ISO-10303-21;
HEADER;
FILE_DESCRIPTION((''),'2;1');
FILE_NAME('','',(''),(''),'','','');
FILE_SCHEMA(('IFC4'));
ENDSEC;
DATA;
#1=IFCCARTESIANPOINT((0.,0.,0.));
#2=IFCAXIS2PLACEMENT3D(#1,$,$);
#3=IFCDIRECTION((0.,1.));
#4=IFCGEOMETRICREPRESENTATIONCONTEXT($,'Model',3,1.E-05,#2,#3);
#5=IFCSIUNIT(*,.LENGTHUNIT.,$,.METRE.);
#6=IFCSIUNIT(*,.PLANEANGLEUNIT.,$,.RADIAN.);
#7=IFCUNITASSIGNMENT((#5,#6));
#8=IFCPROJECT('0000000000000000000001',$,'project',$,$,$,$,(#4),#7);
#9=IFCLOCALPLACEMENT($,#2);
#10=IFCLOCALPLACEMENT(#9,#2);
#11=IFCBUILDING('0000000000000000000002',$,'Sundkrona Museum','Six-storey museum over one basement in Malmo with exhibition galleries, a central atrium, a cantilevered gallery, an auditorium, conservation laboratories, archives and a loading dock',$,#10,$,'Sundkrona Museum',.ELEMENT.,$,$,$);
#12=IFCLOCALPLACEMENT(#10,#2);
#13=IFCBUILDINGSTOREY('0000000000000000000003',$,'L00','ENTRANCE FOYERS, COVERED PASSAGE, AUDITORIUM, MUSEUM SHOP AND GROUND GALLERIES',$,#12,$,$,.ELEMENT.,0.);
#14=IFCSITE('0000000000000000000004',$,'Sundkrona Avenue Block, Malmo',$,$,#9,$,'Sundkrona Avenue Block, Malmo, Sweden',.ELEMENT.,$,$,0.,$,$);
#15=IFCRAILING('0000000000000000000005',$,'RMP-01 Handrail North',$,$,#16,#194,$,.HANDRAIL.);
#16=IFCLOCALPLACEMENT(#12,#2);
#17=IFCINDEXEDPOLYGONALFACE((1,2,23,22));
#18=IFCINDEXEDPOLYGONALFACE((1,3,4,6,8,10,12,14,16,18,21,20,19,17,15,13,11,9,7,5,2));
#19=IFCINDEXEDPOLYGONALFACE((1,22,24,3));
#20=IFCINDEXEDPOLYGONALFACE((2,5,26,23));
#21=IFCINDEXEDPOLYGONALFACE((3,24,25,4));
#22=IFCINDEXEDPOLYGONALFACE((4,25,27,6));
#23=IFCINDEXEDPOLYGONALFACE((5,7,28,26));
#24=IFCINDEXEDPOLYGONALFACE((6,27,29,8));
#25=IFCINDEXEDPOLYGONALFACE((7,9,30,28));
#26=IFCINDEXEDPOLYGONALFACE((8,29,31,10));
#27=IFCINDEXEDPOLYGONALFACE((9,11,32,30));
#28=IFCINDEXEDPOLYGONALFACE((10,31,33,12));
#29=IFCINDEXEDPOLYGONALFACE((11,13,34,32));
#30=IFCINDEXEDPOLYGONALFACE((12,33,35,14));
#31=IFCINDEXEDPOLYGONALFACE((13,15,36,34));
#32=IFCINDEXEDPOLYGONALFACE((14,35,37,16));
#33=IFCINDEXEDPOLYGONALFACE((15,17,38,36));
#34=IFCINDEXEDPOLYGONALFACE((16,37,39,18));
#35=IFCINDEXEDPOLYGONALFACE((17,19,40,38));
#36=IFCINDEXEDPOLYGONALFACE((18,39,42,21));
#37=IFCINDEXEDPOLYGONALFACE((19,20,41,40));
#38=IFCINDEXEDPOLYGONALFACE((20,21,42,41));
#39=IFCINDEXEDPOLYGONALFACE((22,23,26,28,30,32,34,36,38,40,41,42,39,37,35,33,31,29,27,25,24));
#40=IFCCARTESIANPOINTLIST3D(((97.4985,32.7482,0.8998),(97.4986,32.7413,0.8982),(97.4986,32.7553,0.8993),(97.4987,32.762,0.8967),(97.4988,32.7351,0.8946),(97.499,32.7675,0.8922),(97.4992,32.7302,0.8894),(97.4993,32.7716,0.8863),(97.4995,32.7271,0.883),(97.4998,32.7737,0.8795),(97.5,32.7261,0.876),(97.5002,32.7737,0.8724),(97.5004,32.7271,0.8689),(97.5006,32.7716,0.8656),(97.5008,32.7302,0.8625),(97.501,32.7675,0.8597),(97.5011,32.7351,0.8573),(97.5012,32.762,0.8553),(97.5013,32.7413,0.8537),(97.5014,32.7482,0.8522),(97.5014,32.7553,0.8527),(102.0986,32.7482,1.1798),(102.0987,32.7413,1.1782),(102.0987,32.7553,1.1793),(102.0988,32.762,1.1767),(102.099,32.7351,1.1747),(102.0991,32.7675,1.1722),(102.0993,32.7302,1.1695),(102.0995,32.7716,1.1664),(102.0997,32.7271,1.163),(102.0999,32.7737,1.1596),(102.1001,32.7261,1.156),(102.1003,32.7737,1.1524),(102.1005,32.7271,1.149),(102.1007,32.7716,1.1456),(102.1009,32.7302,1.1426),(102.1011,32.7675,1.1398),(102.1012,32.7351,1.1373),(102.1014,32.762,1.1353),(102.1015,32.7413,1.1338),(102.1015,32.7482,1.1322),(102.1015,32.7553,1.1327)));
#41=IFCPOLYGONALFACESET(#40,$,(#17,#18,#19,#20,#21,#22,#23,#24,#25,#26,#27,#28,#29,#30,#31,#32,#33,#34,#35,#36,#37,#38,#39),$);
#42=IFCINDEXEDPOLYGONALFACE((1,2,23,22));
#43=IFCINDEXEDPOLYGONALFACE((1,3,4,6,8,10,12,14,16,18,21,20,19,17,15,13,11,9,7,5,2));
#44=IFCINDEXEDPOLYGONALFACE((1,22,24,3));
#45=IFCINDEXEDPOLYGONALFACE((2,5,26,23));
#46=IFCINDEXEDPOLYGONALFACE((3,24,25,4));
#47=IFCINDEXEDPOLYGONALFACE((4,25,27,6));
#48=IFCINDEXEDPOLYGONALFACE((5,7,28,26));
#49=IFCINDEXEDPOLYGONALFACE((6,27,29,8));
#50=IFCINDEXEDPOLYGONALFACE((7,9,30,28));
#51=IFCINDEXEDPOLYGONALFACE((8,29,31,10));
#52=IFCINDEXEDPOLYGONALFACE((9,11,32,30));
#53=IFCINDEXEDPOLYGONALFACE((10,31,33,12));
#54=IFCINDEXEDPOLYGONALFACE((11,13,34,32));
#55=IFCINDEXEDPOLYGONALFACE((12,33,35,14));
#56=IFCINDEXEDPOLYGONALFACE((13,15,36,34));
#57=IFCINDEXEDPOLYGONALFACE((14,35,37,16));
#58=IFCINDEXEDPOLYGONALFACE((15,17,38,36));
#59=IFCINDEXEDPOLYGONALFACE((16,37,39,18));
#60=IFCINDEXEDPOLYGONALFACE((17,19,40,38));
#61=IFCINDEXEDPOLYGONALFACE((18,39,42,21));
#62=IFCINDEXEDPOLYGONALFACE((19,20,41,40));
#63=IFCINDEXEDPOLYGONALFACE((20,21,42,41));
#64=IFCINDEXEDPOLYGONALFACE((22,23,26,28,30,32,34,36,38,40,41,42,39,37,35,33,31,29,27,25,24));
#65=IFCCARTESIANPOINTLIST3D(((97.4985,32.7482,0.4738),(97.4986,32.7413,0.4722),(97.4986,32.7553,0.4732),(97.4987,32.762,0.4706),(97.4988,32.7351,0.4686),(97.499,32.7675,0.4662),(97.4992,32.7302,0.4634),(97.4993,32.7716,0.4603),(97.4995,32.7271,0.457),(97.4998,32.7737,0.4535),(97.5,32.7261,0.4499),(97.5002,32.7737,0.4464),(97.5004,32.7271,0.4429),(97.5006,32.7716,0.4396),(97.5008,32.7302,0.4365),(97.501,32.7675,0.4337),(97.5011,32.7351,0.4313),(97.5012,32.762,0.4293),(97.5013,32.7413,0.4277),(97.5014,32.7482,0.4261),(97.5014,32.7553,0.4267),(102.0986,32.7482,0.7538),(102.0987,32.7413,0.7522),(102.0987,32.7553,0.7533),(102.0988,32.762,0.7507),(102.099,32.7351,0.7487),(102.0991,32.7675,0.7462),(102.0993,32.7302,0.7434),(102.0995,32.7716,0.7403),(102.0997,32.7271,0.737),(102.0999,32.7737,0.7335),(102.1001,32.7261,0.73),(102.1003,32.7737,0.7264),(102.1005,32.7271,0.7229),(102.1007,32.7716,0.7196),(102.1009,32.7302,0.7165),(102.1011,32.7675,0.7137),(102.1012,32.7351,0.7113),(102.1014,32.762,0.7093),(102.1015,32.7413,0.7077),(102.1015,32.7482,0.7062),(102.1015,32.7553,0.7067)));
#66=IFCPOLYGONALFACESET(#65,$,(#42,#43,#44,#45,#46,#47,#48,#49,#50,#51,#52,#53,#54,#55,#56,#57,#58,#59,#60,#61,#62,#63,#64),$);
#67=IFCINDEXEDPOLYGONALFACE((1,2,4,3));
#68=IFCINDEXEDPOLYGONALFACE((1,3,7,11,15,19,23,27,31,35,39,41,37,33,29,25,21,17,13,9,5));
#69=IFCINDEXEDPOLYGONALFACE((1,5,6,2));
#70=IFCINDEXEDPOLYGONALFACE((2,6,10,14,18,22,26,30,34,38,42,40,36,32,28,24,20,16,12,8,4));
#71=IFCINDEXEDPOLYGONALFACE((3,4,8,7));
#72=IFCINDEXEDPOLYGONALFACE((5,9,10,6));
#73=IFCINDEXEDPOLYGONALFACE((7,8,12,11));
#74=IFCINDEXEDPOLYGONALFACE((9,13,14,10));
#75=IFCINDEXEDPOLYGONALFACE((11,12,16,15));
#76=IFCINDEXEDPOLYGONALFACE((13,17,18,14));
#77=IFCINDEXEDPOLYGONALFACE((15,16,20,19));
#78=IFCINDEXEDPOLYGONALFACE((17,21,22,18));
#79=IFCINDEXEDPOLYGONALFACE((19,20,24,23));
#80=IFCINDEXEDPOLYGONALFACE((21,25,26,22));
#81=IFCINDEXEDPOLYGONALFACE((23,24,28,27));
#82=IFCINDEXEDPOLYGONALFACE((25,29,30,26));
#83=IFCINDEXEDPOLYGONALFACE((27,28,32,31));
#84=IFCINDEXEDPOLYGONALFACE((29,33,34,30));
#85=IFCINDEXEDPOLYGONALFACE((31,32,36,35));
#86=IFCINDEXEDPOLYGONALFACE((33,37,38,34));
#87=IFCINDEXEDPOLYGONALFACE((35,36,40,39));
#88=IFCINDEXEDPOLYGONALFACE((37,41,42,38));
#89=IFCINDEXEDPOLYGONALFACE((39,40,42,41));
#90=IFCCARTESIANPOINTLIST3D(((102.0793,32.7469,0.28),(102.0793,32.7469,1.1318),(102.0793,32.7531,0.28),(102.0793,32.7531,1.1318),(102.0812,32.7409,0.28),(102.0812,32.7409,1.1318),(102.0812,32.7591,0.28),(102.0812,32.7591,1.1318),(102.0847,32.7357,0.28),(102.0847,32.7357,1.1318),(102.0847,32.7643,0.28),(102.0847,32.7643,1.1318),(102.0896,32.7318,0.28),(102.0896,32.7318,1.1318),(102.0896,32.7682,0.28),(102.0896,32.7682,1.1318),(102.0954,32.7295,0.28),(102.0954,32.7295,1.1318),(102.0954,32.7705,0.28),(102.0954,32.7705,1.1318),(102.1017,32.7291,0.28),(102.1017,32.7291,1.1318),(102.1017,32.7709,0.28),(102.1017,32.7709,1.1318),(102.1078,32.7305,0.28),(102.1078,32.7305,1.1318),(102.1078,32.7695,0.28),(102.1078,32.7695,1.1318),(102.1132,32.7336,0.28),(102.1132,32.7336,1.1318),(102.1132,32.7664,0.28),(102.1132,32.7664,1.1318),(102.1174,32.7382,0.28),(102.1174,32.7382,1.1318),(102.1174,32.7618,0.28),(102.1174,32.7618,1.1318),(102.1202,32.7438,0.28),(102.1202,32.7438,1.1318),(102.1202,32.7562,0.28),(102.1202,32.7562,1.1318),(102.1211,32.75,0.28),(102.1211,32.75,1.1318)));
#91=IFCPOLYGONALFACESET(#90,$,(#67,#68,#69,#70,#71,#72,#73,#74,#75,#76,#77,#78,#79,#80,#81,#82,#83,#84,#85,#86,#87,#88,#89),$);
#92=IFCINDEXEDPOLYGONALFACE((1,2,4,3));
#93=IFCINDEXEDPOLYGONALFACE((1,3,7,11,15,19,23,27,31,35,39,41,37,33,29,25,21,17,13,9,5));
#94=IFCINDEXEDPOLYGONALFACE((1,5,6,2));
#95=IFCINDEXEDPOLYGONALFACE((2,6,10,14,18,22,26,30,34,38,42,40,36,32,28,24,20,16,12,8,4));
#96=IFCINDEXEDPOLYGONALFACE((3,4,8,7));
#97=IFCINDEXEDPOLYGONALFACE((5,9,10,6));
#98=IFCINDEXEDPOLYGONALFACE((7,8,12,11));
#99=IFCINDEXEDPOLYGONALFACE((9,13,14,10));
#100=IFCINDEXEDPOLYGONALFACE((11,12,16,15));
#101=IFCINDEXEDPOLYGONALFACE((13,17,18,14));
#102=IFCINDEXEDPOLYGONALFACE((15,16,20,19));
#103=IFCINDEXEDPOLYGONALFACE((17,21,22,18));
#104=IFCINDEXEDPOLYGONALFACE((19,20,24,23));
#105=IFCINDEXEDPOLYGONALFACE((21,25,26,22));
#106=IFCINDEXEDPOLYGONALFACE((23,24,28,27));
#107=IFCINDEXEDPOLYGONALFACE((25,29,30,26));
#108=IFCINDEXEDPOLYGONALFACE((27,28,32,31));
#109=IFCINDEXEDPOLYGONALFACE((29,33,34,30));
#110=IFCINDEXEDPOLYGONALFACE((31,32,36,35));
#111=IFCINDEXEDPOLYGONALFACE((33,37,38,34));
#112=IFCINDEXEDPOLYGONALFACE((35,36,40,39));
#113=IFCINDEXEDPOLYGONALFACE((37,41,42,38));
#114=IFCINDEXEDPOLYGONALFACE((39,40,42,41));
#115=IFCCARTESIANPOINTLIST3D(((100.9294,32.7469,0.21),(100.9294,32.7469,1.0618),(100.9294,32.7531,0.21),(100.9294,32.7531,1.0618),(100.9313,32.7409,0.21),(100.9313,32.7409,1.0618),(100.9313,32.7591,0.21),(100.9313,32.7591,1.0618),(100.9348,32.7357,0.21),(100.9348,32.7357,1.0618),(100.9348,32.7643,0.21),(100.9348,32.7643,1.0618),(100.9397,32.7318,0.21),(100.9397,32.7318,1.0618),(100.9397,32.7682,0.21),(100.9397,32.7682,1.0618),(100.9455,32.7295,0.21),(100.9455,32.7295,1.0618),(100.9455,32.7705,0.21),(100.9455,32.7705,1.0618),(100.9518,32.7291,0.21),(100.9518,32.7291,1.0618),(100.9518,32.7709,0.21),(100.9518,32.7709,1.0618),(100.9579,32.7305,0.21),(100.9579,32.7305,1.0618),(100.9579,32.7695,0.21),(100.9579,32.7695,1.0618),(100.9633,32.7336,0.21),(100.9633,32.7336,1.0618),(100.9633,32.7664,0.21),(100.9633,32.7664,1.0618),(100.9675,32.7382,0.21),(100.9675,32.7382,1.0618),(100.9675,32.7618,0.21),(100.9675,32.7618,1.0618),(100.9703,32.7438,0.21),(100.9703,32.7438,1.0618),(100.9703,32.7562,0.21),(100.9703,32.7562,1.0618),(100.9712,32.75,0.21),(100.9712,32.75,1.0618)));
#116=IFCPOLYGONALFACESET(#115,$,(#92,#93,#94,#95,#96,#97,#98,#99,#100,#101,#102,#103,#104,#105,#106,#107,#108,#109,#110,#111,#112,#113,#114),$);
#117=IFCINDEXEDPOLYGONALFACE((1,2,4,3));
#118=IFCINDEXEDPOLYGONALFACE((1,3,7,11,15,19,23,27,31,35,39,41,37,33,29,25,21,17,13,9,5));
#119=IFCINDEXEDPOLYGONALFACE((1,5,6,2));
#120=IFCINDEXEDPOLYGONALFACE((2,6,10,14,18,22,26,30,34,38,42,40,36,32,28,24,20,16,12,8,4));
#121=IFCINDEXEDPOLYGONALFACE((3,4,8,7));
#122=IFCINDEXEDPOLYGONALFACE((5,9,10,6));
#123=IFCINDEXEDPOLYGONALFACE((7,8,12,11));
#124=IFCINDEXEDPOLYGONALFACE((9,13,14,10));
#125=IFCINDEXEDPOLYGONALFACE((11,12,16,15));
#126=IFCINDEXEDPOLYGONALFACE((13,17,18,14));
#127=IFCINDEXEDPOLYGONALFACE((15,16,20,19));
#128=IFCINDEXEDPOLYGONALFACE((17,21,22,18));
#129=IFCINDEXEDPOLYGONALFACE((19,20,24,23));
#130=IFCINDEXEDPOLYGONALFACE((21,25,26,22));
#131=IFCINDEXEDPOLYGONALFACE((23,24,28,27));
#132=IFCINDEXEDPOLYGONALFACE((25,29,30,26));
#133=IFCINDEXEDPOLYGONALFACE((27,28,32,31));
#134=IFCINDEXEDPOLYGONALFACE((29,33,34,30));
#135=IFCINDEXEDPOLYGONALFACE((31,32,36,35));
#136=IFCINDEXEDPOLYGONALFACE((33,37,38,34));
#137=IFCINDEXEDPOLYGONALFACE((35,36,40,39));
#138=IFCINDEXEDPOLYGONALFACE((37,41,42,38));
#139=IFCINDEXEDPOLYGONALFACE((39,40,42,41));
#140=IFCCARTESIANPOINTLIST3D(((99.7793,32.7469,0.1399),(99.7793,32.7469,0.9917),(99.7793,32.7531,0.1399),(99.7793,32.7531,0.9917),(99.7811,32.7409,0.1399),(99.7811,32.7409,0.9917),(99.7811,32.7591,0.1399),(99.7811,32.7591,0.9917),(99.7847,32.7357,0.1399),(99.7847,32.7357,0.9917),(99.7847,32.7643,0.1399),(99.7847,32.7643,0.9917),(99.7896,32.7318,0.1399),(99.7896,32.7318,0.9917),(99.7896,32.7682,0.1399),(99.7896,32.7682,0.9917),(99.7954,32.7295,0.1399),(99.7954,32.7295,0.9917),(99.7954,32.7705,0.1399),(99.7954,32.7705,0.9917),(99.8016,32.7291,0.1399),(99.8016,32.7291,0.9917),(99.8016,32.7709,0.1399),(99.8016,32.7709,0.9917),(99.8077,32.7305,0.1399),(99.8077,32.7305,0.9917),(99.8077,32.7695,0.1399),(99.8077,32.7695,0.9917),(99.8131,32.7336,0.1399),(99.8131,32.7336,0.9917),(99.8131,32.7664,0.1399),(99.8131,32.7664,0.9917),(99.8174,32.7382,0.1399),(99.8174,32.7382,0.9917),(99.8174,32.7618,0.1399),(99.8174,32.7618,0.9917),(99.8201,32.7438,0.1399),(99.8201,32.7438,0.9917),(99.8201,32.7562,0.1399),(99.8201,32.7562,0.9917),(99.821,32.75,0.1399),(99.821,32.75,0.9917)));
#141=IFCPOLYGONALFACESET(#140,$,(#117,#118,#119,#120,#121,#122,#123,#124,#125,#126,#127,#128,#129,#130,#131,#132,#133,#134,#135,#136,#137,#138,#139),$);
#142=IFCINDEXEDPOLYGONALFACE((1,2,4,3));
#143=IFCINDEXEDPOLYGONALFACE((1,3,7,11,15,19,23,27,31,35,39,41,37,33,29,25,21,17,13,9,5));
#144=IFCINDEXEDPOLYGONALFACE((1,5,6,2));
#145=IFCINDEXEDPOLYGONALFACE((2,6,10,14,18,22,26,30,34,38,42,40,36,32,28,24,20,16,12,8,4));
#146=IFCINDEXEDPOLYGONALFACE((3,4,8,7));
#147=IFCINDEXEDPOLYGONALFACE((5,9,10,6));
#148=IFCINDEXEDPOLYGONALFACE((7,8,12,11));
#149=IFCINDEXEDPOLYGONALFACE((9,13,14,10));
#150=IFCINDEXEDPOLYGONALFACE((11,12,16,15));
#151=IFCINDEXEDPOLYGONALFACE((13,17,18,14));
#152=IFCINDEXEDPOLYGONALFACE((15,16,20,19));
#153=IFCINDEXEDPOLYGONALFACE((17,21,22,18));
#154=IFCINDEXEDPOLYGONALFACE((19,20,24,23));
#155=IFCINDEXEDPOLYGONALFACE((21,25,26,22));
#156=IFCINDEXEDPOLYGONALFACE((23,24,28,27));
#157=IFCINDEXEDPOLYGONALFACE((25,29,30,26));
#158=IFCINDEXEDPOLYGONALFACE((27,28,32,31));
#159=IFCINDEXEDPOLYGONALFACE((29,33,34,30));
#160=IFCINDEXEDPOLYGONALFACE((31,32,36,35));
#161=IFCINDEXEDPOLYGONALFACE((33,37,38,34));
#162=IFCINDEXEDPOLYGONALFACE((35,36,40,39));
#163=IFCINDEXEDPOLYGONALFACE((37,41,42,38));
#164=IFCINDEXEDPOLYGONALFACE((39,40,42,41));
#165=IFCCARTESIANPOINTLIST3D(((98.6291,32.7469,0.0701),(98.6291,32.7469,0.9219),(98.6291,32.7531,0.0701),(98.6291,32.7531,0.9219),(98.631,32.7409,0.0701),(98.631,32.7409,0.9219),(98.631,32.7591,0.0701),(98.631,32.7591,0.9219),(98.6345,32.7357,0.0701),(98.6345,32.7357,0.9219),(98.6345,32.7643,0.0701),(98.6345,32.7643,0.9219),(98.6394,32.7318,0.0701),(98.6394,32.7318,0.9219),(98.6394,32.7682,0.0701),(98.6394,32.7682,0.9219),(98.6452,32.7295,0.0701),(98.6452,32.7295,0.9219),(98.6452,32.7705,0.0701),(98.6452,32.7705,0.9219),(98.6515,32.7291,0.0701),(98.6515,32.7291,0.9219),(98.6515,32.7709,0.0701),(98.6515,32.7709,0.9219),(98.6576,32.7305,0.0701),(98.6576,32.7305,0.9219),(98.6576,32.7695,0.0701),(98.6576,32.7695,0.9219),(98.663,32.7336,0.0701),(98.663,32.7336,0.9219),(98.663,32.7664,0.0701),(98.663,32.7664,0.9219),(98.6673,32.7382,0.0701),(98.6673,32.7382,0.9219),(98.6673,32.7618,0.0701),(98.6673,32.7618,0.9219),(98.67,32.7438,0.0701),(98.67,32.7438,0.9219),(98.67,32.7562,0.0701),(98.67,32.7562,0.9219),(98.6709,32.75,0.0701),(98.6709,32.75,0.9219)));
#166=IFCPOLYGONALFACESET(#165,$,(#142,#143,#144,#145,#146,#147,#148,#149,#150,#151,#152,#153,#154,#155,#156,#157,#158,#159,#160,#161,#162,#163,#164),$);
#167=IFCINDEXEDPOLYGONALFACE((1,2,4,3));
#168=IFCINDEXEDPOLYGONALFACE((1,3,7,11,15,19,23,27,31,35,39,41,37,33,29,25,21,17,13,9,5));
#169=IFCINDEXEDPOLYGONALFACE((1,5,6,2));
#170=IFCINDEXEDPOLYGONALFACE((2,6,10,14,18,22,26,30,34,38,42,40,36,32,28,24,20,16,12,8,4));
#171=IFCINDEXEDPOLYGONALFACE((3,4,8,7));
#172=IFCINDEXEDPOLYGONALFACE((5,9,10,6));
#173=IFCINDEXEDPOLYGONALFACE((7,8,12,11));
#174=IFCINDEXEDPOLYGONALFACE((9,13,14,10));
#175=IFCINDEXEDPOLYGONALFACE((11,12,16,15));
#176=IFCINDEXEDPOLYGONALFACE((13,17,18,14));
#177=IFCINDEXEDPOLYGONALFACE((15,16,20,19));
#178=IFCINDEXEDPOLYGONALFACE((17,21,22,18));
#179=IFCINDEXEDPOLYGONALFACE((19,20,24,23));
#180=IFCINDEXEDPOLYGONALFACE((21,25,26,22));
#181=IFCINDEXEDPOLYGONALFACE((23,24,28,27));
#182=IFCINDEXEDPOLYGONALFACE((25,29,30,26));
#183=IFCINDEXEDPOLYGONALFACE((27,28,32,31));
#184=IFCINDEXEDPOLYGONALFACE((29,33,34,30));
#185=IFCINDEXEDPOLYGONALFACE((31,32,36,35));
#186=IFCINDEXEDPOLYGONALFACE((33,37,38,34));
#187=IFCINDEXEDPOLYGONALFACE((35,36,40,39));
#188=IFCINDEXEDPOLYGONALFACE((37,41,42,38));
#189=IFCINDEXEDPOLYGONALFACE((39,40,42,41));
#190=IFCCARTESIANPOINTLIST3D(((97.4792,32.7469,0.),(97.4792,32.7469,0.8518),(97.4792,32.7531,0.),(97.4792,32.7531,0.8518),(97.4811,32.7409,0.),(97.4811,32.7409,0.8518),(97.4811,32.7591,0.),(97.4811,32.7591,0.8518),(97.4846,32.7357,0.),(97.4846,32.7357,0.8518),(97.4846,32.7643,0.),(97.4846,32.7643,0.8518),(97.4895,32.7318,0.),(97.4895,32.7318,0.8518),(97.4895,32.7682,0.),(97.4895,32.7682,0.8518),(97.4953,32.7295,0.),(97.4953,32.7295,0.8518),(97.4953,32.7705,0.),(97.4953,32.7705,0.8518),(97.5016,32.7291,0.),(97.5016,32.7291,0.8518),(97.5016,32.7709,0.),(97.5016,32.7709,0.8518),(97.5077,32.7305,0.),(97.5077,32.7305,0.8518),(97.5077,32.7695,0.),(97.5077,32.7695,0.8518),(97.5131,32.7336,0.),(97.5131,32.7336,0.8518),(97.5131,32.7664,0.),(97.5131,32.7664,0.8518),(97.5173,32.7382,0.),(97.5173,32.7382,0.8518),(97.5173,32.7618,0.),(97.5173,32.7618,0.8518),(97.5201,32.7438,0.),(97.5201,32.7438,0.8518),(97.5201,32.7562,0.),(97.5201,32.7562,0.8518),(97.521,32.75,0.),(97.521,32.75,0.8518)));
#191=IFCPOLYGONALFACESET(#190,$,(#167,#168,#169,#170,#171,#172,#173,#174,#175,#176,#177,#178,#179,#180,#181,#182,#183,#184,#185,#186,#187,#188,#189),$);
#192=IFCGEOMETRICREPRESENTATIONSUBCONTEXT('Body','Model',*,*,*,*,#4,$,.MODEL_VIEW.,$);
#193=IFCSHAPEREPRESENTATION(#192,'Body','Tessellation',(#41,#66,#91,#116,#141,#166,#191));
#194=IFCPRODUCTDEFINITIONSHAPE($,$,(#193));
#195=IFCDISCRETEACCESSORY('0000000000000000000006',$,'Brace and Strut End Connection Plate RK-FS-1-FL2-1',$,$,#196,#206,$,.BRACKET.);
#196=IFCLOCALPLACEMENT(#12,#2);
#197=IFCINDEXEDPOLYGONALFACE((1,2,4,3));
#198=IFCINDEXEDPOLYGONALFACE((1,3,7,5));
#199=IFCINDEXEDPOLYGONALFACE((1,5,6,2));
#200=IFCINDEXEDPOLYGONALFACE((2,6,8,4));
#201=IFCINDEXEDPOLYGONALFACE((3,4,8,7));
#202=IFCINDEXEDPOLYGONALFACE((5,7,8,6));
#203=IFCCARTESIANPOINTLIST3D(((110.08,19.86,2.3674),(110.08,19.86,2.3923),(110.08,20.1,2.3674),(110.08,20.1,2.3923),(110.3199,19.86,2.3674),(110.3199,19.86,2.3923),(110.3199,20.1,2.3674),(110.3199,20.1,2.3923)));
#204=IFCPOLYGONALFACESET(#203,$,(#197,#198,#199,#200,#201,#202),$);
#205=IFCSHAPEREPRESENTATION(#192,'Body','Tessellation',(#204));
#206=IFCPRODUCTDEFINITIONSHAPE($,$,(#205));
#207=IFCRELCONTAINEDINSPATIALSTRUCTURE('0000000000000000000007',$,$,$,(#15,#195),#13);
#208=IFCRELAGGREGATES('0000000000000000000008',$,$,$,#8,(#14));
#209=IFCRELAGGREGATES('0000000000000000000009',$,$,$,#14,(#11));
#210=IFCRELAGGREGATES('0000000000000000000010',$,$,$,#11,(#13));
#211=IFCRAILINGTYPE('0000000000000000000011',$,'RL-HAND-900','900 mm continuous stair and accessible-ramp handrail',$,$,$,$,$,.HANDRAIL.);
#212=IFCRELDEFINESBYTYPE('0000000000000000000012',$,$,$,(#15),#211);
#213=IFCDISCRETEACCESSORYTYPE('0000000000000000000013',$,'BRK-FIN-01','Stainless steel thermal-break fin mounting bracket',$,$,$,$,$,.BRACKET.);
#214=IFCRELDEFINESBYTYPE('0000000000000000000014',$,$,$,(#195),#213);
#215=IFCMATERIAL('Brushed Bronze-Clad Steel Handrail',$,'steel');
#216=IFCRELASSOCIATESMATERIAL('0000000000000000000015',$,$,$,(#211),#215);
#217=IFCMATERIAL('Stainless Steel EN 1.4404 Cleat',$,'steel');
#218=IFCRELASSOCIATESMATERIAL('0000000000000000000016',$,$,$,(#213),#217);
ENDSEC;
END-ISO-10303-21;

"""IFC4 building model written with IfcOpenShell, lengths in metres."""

from ifc_helpers import new_model, si_unit, direction, frame, origin, origin_2d, place, context, subcontext, project, spatial, rectangle, circle, extrude, material, type_object, element, save


model = new_model("IFC4")

# Units and contexts
model_context = context("Model", 3, precision=1e-05, world=origin(), true_north=direction((0.0, 1.0)))
body_context = subcontext(model_context, "Body", "Model", "MODEL_VIEW")
ifc_project = project(units=[si_unit("LENGTHUNIT", "METRE"), si_unit("PLANEANGLEUNIT", "RADIAN")], contexts=[model_context])

# Site, building, storey
site_placement = place(None, origin())
site = spatial("IfcSite", under=ifc_project, at=site_placement, Name="Sundkrona Avenue Block, Malmo", LongName="Sundkrona Avenue Block, Malmo, Sweden", CompositionType="ELEMENT", RefElevation=0.0)
building_placement = place(site_placement, origin())
building = spatial("IfcBuilding", under=site, at=building_placement, Name="Sundkrona Museum", Description="Six-storey museum over one basement in Malmo with exhibition galleries, a central atrium, a cantilevered gallery, an auditorium, conservation laboratories, archives and a loading dock", LongName="Sundkrona Museum", CompositionType="ELEMENT")
storey_placement = place(building_placement, origin())
storey = spatial("IfcBuildingStorey", under=building, at=storey_placement, Name="L00", Description="ENTRANCE FOYERS, COVERED PASSAGE, AUDITORIUM, MUSEUM SHOP AND GROUND GALLERIES", CompositionType="ELEMENT", Elevation=0.0)

# Railing
ifc_material_1 = material(Name="Brushed Bronze-Clad Steel Handrail", Category="steel")
railing_type_1 = type_object("IfcRailingType", Name="RL-HAND-900", Description="900 mm continuous stair and accessible-ramp handrail", PredefinedType="HANDRAIL", material=ifc_material_1)
railing_1_placement = place(storey_placement, frame((102.1001, 32.75, 0.28)))
element("IfcRailing", 1, at=railing_1_placement, inside=storey, type_object=railing_type_1, Name="RMP-01 Handrail North", PredefinedType="HANDRAIL", context=body_context, shape_type="SweptSolid", body=[
    extrude(circle(Radius=0.0239, at=origin_2d()), frame((0.0, 0.0, 0.876), z_axis=(-0.998152, 0.0, -0.060762), x_axis=(0.0, -1.0, 0.0)), (0.0, 0.0, 1.0), 4.6086),
    extrude(circle(Radius=0.0239, at=origin_2d()), frame((0.0, 0.0, 0.45), z_axis=(-0.998152, 0.0, -0.060762), x_axis=(0.0, -1.0, 0.0)), (0.0, 0.0, 1.0), 4.6086),
    extrude(circle(Radius=0.021, at=origin_2d()), origin(), (0.0, 0.0, 1.0), 0.8518),
    extrude(circle(Radius=0.021, at=origin_2d()), frame((-1.1499, 0.0, -0.0701)), (0.0, 0.0, 1.0), 0.8518),
    extrude(circle(Radius=0.021, at=origin_2d()), frame((-2.3, 0.0, -0.1401)), (0.0, 0.0, 1.0), 0.8518),
    extrude(circle(Radius=0.021, at=origin_2d()), frame((-3.4502, 0.0, -0.21)), (0.0, 0.0, 1.0), 0.8518),
    extrude(circle(Radius=0.021, at=origin_2d()), frame((-4.6001, 0.0, -0.28)), (0.0, 0.0, 1.0), 0.8518),
])

# Discrete accessory
ifc_material_2 = material(Name="Stainless Steel EN 1.4404 Cleat", Category="steel")
discrete_accessory_type = type_object("IfcDiscreteAccessoryType", Name="BRK-FIN-01", Description="Stainless steel thermal-break fin mounting bracket", PredefinedType="BRACKET", material=ifc_material_2)
discrete_accessory_placement = place(storey_placement, frame((110.2, 19.98, 2.3674), z_axis=(0.0, 0.0, 1.0), x_axis=(1.0, 0.0, 0.0)))
element("IfcDiscreteAccessory", 2, at=discrete_accessory_placement, inside=storey, type_object=discrete_accessory_type, Name="Brace and Strut End Connection Plate RK-FS-1-FL2-1", PredefinedType="BRACKET", context=body_context, shape_type="SweptSolid", body=[
    extrude(rectangle(XDim=0.24, YDim=0.24, at=origin_2d()), origin(), (0.0, 0.0, 1.0), 0.0249),
])

save(model, "model.ifc")
